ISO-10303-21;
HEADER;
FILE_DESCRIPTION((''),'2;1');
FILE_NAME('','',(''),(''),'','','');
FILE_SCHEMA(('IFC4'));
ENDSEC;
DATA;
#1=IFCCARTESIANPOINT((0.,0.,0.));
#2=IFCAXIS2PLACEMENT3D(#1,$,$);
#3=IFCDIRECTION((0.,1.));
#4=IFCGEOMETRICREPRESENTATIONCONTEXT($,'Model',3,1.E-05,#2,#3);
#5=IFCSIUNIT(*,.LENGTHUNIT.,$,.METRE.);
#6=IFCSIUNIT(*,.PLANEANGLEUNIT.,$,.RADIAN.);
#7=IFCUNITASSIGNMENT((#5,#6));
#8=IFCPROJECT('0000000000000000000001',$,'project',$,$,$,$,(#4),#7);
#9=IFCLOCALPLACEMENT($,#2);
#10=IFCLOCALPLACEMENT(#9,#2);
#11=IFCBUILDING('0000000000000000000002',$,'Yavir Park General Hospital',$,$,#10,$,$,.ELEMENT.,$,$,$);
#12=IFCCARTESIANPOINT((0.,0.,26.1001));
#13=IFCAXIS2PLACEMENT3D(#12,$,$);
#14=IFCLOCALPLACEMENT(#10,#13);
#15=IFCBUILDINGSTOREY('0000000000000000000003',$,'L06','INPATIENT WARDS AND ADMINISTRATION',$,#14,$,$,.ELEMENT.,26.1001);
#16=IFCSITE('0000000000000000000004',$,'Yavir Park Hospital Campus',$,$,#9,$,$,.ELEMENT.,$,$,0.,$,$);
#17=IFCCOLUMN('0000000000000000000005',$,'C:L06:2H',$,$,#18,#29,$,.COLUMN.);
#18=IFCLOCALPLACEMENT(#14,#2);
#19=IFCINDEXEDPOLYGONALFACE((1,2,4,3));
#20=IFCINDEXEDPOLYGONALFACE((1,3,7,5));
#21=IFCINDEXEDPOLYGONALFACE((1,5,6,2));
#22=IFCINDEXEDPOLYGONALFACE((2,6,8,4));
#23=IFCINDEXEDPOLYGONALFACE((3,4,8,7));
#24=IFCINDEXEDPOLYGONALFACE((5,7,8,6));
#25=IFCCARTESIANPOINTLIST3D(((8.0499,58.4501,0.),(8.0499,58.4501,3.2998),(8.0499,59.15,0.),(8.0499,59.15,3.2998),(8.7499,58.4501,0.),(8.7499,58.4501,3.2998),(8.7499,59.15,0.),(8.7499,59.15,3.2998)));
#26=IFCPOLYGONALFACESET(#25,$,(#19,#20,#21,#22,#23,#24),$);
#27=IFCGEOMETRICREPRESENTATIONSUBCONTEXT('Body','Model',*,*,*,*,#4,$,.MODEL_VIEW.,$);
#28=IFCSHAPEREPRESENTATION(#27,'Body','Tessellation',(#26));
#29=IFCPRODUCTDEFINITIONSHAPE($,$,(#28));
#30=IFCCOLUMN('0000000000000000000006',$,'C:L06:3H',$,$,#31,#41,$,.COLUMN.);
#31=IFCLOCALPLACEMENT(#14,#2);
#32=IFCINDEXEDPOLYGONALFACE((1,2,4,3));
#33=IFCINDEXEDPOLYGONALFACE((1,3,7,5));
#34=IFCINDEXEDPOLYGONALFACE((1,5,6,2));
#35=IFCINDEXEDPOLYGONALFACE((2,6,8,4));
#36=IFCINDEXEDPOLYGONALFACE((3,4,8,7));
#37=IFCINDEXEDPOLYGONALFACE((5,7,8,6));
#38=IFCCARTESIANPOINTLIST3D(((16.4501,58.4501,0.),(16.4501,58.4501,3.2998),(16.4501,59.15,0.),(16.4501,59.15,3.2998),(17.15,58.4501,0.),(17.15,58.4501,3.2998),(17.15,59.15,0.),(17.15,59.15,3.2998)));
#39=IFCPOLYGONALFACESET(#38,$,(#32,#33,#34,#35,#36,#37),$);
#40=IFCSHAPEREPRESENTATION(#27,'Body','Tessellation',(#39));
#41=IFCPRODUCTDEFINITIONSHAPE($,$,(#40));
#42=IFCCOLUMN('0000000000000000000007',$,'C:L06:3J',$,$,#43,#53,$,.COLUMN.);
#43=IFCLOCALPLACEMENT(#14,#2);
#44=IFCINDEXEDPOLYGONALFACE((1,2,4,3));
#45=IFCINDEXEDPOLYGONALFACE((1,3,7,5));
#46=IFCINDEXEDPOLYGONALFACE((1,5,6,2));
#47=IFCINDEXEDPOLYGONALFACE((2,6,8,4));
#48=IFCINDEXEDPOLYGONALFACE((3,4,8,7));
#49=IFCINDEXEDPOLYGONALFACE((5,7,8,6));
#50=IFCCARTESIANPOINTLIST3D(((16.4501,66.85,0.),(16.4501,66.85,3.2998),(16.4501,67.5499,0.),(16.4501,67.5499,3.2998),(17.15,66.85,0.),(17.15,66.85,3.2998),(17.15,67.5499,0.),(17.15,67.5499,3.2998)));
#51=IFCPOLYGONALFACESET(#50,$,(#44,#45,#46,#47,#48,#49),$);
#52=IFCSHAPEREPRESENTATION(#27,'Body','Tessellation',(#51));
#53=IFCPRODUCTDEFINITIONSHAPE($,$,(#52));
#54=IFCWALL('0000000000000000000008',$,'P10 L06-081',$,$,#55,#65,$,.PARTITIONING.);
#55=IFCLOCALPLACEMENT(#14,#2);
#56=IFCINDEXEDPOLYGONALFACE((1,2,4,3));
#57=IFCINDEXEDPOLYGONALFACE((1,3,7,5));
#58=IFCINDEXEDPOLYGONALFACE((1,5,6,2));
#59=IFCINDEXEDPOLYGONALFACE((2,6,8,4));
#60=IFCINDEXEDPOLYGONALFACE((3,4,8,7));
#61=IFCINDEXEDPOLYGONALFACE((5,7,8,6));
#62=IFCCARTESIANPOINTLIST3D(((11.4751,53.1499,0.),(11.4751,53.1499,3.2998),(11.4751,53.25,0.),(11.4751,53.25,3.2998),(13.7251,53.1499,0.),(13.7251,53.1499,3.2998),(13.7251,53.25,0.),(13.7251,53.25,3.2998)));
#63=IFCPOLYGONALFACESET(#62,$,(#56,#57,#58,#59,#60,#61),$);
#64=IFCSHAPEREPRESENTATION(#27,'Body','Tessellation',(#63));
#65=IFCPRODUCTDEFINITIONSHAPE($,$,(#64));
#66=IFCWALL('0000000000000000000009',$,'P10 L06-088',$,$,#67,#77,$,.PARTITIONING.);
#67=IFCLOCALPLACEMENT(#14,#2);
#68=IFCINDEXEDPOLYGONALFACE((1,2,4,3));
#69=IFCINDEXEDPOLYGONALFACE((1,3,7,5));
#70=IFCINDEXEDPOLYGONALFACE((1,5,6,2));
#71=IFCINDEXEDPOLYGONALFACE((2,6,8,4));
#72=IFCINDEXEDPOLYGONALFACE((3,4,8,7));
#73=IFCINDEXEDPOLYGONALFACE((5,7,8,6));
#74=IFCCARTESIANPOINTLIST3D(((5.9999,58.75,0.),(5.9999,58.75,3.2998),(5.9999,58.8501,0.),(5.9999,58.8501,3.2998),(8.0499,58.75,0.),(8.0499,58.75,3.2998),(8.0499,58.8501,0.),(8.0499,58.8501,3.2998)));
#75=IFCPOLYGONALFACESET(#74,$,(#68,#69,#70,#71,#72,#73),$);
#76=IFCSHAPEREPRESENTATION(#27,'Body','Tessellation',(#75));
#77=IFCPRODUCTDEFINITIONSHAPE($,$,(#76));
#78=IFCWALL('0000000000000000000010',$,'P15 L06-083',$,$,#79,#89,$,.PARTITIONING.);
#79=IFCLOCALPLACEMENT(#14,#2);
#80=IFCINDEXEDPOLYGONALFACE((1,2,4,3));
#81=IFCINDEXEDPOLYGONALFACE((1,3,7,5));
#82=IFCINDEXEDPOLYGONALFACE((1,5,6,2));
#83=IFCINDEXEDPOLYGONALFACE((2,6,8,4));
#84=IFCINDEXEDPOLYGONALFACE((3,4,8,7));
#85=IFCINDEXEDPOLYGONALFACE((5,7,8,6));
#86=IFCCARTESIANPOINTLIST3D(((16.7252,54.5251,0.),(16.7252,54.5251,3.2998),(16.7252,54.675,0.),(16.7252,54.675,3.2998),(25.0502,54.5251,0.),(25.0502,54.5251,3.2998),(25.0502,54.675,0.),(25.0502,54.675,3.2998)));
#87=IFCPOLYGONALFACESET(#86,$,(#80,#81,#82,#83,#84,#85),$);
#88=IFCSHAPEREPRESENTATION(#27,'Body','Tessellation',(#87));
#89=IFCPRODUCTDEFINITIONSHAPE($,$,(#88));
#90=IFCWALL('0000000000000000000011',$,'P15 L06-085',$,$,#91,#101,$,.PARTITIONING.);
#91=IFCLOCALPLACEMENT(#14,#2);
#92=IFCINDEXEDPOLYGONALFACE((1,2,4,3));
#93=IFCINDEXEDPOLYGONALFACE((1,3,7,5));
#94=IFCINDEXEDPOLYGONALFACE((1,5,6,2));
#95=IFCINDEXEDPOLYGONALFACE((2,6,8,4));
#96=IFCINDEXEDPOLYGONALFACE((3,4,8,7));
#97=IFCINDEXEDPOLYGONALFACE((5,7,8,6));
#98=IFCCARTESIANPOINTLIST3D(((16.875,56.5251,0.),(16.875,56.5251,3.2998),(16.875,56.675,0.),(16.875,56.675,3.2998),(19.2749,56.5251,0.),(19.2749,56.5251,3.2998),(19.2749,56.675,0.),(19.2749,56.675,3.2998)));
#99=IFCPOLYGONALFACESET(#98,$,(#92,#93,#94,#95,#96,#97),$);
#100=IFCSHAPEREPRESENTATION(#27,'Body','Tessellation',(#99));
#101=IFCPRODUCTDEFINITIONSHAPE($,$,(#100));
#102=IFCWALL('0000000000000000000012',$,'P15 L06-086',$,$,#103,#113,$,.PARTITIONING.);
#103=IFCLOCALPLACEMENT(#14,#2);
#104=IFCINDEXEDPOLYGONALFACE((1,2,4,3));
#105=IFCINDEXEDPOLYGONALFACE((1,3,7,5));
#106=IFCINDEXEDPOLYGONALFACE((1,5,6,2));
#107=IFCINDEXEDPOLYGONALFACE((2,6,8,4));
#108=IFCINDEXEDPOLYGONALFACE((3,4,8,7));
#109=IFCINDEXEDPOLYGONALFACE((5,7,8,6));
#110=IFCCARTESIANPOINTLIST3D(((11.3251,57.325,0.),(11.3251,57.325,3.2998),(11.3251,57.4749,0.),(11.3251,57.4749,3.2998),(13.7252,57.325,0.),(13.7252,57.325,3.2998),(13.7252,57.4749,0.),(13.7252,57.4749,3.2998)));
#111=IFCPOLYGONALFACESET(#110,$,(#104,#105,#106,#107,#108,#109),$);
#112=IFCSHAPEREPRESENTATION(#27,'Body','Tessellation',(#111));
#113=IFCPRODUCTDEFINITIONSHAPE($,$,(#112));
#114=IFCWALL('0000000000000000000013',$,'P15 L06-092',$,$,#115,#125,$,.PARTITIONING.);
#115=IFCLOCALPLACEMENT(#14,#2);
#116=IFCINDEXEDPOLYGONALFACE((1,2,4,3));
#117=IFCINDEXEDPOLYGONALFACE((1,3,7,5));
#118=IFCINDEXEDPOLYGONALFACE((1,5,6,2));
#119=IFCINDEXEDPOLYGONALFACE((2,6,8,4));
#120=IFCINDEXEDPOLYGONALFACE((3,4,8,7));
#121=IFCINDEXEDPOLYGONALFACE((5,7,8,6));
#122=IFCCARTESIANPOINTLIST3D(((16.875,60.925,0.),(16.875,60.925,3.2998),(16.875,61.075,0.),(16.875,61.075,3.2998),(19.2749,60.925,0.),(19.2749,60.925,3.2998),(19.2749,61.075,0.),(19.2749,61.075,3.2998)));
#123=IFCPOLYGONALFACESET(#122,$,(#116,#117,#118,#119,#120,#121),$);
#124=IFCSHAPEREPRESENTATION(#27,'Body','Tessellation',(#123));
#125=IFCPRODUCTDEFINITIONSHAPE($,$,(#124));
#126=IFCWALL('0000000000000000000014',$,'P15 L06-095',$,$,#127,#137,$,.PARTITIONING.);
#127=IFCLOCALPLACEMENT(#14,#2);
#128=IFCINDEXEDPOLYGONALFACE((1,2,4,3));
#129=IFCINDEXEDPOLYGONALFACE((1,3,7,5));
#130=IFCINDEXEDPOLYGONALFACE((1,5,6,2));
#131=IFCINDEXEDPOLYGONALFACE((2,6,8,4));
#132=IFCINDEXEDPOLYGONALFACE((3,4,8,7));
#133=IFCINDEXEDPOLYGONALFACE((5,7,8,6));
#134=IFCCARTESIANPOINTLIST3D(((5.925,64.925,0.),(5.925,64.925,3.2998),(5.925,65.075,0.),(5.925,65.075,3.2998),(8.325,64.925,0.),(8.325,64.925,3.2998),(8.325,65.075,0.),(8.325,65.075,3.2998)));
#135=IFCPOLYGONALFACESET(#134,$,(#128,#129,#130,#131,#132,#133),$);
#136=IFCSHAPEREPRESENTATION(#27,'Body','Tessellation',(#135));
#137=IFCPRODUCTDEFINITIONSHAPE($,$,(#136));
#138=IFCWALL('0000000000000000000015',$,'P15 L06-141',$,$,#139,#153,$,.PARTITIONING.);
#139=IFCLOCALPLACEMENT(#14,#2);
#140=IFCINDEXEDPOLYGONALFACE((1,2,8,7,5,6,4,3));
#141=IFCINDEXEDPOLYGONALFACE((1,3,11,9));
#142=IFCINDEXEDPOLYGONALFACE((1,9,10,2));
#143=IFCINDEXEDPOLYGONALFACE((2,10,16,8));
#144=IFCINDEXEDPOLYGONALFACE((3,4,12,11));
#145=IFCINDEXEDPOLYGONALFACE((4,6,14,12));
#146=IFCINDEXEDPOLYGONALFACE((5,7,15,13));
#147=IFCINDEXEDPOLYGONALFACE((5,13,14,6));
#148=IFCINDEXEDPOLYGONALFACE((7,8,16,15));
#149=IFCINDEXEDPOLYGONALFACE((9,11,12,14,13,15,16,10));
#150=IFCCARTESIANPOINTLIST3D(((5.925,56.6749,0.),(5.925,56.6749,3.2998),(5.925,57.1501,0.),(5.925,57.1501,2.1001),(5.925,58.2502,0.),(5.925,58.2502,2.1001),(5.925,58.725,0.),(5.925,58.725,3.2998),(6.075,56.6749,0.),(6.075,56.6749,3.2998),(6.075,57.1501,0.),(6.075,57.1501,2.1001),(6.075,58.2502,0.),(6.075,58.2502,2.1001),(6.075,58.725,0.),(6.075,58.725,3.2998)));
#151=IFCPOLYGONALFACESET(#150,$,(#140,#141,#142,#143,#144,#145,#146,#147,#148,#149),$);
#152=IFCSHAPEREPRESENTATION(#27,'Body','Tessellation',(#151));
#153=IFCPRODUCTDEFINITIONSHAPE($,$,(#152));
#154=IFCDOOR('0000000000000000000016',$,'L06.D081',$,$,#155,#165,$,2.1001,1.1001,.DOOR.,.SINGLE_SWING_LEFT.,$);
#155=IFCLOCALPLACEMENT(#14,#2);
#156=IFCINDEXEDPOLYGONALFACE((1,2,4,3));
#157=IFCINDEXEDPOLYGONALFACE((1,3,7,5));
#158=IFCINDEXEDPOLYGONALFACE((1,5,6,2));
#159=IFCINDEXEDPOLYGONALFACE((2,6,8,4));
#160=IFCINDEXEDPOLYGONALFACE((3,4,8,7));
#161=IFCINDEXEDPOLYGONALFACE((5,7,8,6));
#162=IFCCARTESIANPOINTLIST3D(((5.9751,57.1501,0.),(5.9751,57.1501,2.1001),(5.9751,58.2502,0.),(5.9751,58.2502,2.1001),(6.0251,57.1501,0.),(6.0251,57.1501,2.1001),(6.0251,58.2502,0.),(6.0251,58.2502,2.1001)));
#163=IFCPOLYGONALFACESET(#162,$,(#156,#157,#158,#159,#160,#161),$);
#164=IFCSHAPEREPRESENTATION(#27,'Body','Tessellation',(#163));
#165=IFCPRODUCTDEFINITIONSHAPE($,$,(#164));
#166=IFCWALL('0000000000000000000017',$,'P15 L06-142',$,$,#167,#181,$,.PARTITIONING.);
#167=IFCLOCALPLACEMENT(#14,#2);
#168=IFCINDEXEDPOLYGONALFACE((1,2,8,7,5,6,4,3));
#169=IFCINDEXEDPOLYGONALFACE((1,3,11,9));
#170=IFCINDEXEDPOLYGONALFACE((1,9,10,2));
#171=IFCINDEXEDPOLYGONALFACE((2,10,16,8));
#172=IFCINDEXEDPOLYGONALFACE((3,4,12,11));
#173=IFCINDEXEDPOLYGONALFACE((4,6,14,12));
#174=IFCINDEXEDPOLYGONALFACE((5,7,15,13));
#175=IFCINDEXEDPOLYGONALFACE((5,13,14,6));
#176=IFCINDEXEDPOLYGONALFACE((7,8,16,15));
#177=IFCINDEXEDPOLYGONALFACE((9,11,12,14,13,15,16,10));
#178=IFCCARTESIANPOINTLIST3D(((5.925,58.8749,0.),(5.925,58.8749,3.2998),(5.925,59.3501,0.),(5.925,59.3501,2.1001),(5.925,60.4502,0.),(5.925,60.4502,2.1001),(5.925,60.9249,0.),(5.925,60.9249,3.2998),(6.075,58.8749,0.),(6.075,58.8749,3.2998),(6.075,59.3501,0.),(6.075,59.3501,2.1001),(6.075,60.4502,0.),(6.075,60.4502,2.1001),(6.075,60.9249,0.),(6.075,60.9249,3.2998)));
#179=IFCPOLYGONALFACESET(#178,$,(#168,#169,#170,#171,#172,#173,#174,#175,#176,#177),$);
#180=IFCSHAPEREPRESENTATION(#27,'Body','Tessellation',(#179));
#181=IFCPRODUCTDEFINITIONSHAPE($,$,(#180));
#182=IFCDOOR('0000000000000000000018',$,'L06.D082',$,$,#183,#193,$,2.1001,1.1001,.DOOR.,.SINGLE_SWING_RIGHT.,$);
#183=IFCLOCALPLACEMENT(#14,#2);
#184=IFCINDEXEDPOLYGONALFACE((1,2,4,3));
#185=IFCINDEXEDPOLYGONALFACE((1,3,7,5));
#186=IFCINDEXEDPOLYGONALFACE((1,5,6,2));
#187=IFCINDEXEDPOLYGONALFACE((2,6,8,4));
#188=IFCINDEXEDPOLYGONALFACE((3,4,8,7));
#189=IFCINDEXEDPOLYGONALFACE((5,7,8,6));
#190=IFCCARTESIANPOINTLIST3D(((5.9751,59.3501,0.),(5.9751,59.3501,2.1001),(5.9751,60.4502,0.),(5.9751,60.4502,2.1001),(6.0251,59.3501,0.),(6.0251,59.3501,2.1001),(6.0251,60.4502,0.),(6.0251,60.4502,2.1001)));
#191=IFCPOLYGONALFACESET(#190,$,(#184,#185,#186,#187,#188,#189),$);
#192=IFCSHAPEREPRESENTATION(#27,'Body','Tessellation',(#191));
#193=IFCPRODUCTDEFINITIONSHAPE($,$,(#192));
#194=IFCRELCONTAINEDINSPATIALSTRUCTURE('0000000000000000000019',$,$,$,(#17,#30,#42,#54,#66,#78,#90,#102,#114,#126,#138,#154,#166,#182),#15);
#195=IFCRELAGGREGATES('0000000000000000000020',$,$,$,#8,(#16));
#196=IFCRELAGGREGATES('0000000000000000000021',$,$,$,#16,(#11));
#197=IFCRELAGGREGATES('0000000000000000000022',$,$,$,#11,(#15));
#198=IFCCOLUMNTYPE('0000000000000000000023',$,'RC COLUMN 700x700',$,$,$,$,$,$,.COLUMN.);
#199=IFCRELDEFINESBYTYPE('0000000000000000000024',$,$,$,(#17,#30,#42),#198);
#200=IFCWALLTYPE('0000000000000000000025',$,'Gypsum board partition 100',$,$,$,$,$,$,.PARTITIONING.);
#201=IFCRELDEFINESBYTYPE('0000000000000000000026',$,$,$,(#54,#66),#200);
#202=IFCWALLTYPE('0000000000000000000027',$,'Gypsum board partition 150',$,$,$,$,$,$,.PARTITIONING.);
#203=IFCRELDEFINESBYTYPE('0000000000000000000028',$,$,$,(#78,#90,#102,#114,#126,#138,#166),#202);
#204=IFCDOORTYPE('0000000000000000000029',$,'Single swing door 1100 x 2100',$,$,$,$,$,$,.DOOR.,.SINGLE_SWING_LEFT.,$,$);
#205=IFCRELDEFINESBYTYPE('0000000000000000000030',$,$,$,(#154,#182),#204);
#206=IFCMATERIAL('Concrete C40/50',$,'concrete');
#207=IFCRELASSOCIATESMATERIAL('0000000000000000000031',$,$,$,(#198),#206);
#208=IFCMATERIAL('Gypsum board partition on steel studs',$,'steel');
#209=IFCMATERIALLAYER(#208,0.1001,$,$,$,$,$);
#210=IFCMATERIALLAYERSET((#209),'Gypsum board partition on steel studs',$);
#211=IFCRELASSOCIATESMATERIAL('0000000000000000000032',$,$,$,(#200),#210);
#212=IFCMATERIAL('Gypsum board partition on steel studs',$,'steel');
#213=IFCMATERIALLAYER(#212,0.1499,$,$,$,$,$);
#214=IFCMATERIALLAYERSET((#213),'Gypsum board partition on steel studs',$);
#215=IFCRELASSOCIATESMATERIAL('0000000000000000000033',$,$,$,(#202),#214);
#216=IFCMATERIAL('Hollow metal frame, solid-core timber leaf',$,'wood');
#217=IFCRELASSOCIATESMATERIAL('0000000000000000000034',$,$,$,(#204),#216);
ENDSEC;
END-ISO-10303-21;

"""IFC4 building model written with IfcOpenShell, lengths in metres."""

from ifc_helpers import new_model, si_unit, direction, frame, frame_2d, origin, origin_2d, place, context, subcontext, project, spatial, rectangle, extrude, material, layer, layer_set, material_profile, profile_set, type_object, element, fill, save


model = new_model("IFC4")

# Units and contexts
model_context = context("Model", 3, precision=1e-05, world=origin(), true_north=direction((0.0, 1.0)))
body_context = subcontext(model_context, "Body", "Model", "MODEL_VIEW")
ifc_project = project(units=[si_unit("LENGTHUNIT", "METRE"), si_unit("PLANEANGLEUNIT", "RADIAN")], contexts=[model_context])

# Site, building, storey
site_placement = place(None, origin())
site = spatial("IfcSite", under=ifc_project, at=site_placement, Name="Yavir Park Hospital Campus", CompositionType="ELEMENT", RefElevation=0.0)
building_placement = place(site_placement, origin())
building = spatial("IfcBuilding", under=site, at=building_placement, Name="Yavir Park General Hospital", CompositionType="ELEMENT")
storey_placement = place(building_placement, frame((0.0, 0.0, 26.1001)))
storey = spatial("IfcBuildingStorey", under=building, at=storey_placement, Name="L06", Description="INPATIENT WARDS AND ADMINISTRATION", CompositionType="ELEMENT", Elevation=26.1001)

# Columns
ifc_material_1 = material(Name="Concrete C40/50", Category="concrete")
ifc_material_profile = material_profile(ifc_material_1, rectangle(XDim=0.7, YDim=0.7, at=origin_2d()), Name="RC700x700")
ifc_profile_set = profile_set([ifc_material_profile], Name="Concrete C40/50")
column_type = type_object("IfcColumnType", Name="RC COLUMN 700x700", PredefinedType="COLUMN", material=ifc_profile_set)
for number, where, z_axis, x_axis, name in (
    (1, (8.3999, 58.8, 0.0), (0.0, 0.0, 1.0), (1.0, 0.0, 0.0), "C:L06:2H"),
    (2, (16.8, 58.8, 0.0), (0.0, 0.0, 1.0), (1.0, 0.0, 0.0), "C:L06:3H"),
    (3, (16.8, 67.2, 0.0), (0.0, 0.0, 1.0), (1.0, 0.0, 0.0), "C:L06:3J"),
):
    element("IfcColumn", number, at=place(storey_placement, frame(where, z_axis=z_axis, x_axis=x_axis)), inside=storey, type_object=column_type, Name=name, PredefinedType="COLUMN", context=body_context, shape_type="SweptSolid", body=[
        extrude(rectangle(XDim=0.7, YDim=0.7, at=origin_2d()), origin(), (0.0, 0.0, 1.0), 3.2998),
    ])

# Walls
ifc_material_2 = material(Name="Gypsum board partition on steel studs", Category="steel")
ifc_layer_1 = layer(ifc_material_2, 0.1001)
ifc_layer_set_1 = layer_set([ifc_layer_1], Name="Gypsum board partition on steel studs")
wall_type_1 = type_object("IfcWallType", Name="Gypsum board partition 100", PredefinedType="PARTITIONING", material=ifc_layer_set_1)
wall_1_placement = place(storey_placement, frame((11.4751, 53.2, 0.0), z_axis=(0.0, 0.0, 1.0), x_axis=(1.0, 0.0, 0.0)))
element("IfcWall", 4, at=wall_1_placement, inside=storey, type_object=wall_type_1, Name="P10 L06-081", PredefinedType="PARTITIONING", context=body_context, shape_type="SweptSolid", body=[
    extrude(rectangle(XDim=2.25, YDim=0.1001, at=frame_2d((1.125, 0.0))), origin(), (0.0, 0.0, 1.0), 3.2998),
])
wall_2_placement = place(storey_placement, frame((6.0, 58.8, 0.0), z_axis=(0.0, 0.0, 1.0), x_axis=(1.0, 0.0, 0.0)))
element("IfcWall", 5, at=wall_2_placement, inside=storey, type_object=wall_type_1, Name="P10 L06-088", PredefinedType="PARTITIONING", context=body_context, shape_type="SweptSolid", body=[
    extrude(rectangle(XDim=2.05, YDim=0.1001, at=frame_2d((1.0249, 0.0))), origin(), (0.0, 0.0, 1.0), 3.2998),
])
ifc_material_3 = material(Name="Gypsum board partition on steel studs", Category="steel")
ifc_layer_2 = layer(ifc_material_3, 0.1499)
ifc_layer_set_2 = layer_set([ifc_layer_2], Name="Gypsum board partition on steel studs")
wall_type_2 = type_object("IfcWallType", Name="Gypsum board partition 150", PredefinedType="PARTITIONING", material=ifc_layer_set_2)
wall_3_placement = place(storey_placement, frame((16.7251, 54.6001, 0.0), z_axis=(0.0, 0.0, 1.0), x_axis=(1.0, 0.0, 0.0)))
element("IfcWall", 6, at=wall_3_placement, inside=storey, type_object=wall_type_2, Name="P15 L06-083", PredefinedType="PARTITIONING", context=body_context, shape_type="SweptSolid", body=[
    extrude(rectangle(XDim=8.325, YDim=0.1499, at=frame_2d((4.1626, 0.0))), origin(), (0.0, 0.0, 1.0), 3.2998),
])
wall_4_placement = place(storey_placement, frame((16.875, 56.6001, 0.0), z_axis=(0.0, 0.0, 1.0), x_axis=(1.0, 0.0, 0.0)))
element("IfcWall", 7, at=wall_4_placement, inside=storey, type_object=wall_type_2, Name="P15 L06-085", PredefinedType="PARTITIONING", context=body_context, shape_type="SweptSolid", body=[
    extrude(rectangle(XDim=2.3999, YDim=0.1499, at=frame_2d((1.2, 0.0))), origin(), (0.0, 0.0, 1.0), 3.2998),
])
wall_5_placement = place(storey_placement, frame((11.325, 57.3999, 0.0), z_axis=(0.0, 0.0, 1.0), x_axis=(1.0, 0.0, 0.0)))
element("IfcWall", 8, at=wall_5_placement, inside=storey, type_object=wall_type_2, Name="P15 L06-086", PredefinedType="PARTITIONING", context=body_context, shape_type="SweptSolid", body=[
    extrude(rectangle(XDim=2.4001, YDim=0.1499, at=frame_2d((1.2002, 0.0))), origin(), (0.0, 0.0, 1.0), 3.2998),
])
for number, where, z_axis, x_axis, name in (
    (9, (16.875, 61.0, 0.0), (0.0, 0.0, 1.0), (1.0, 0.0, 0.0), "P15 L06-092"),
    (10, (5.925, 65.0, 0.0), (0.0, 0.0, 1.0), (1.0, 0.0, 0.0), "P15 L06-095"),
):
    element("IfcWall", number, at=place(storey_placement, frame(where, z_axis=z_axis, x_axis=x_axis)), inside=storey, type_object=wall_type_2, Name=name, PredefinedType="PARTITIONING", context=body_context, shape_type="SweptSolid", body=[
        extrude(rectangle(XDim=2.3999, YDim=0.1499, at=frame_2d((1.2, 0.0))), origin(), (0.0, 0.0, 1.0), 3.2998),
    ])

# Walls, openings, doors
wall_6_placement = place(storey_placement, frame((6.0, 56.675, 0.0), z_axis=(0.0, 0.0, 1.0), x_axis=(0.0, 1.0, 0.0)))
wall_6 = element("IfcWall", 11, at=wall_6_placement, inside=storey, type_object=wall_type_2, Name="P15 L06-141", PredefinedType="PARTITIONING", context=body_context, shape_type="SweptSolid", body=[
    extrude(rectangle(XDim=2.05, YDim=0.1499, at=frame_2d((1.0249, 0.0))), origin(), (0.0, 0.0, 1.0), 3.2998),
])
opening_1_placement = place(wall_6_placement, frame((0.4751, 0.0, 0.0)))
opening_1 = element("IfcOpeningElement", 12, at=opening_1_placement, cuts=wall_6, PredefinedType="OPENING", context=body_context, shape_type="SweptSolid", body=[
    extrude(rectangle(XDim=1.1001, YDim=2.1001, at=frame_2d((0.55, 1.05))), frame((0.0, 0.085, 0.0), z_axis=(0.0, -1.0, 0.0), x_axis=(1.0, 0.0, 0.0)), (0.0, 0.0, 1.0), 0.1699),
])
ifc_material_4 = material(Name="Hollow metal frame, solid-core timber leaf", Category="wood")
door_type_1 = type_object("IfcDoorType", Name="Single swing door 1100 x 2100", OperationType="SINGLE_SWING_LEFT", PredefinedType="DOOR", material=ifc_material_4)
door_1_placement = place(opening_1_placement, origin())
door_1 = element("IfcDoor", 13, at=door_1_placement, inside=storey, type_object=door_type_1, Name="L06.D081", OperationType="SINGLE_SWING_LEFT", OverallHeight=2.1001, OverallWidth=1.1001, PredefinedType="DOOR", context=body_context, shape_type="SweptSolid", body=[
    extrude(rectangle(XDim=1.1001, YDim=2.1001, at=frame_2d((0.55, 1.05))), frame((0.0, 0.0249, 0.0), z_axis=(0.0, -1.0, 0.0), x_axis=(1.0, 0.0, 0.0)), (0.0, 0.0, 1.0), 0.05),
])
fill(opening_1, door_1)
wall_7_placement = place(storey_placement, frame((6.0, 58.875, 0.0), z_axis=(0.0, 0.0, 1.0), x_axis=(0.0, 1.0, 0.0)))
wall_7 = element("IfcWall", 14, at=wall_7_placement, inside=storey, type_object=wall_type_2, Name="P15 L06-142", PredefinedType="PARTITIONING", context=body_context, shape_type="SweptSolid", body=[
    extrude(rectangle(XDim=2.05, YDim=0.1499, at=frame_2d((1.0249, 0.0))), origin(), (0.0, 0.0, 1.0), 3.2998),
])
opening_2_placement = place(wall_7_placement, frame((0.4751, 0.0, 0.0)))
opening_2 = element("IfcOpeningElement", 15, at=opening_2_placement, cuts=wall_7, PredefinedType="OPENING", context=body_context, shape_type="SweptSolid", body=[
    extrude(rectangle(XDim=1.1001, YDim=2.1001, at=frame_2d((0.55, 1.05))), frame((0.0, 0.085, 0.0), z_axis=(0.0, -1.0, 0.0), x_axis=(1.0, 0.0, 0.0)), (0.0, 0.0, 1.0), 0.1699),
])
door_2_placement = place(opening_2_placement, origin())
door_2 = element("IfcDoor", 16, at=door_2_placement, inside=storey, type_object=door_type_1, Name="L06.D082", OperationType="SINGLE_SWING_RIGHT", OverallHeight=2.1001, OverallWidth=1.1001, PredefinedType="DOOR", context=body_context, shape_type="SweptSolid", body=[
    extrude(rectangle(XDim=1.1001, YDim=2.1001, at=frame_2d((0.55, 1.05))), frame((0.0, 0.0249, 0.0), z_axis=(0.0, -1.0, 0.0), x_axis=(1.0, 0.0, 0.0)), (0.0, 0.0, 1.0), 0.05),
])
fill(opening_2, door_2)

save(model, "model.ifc")
